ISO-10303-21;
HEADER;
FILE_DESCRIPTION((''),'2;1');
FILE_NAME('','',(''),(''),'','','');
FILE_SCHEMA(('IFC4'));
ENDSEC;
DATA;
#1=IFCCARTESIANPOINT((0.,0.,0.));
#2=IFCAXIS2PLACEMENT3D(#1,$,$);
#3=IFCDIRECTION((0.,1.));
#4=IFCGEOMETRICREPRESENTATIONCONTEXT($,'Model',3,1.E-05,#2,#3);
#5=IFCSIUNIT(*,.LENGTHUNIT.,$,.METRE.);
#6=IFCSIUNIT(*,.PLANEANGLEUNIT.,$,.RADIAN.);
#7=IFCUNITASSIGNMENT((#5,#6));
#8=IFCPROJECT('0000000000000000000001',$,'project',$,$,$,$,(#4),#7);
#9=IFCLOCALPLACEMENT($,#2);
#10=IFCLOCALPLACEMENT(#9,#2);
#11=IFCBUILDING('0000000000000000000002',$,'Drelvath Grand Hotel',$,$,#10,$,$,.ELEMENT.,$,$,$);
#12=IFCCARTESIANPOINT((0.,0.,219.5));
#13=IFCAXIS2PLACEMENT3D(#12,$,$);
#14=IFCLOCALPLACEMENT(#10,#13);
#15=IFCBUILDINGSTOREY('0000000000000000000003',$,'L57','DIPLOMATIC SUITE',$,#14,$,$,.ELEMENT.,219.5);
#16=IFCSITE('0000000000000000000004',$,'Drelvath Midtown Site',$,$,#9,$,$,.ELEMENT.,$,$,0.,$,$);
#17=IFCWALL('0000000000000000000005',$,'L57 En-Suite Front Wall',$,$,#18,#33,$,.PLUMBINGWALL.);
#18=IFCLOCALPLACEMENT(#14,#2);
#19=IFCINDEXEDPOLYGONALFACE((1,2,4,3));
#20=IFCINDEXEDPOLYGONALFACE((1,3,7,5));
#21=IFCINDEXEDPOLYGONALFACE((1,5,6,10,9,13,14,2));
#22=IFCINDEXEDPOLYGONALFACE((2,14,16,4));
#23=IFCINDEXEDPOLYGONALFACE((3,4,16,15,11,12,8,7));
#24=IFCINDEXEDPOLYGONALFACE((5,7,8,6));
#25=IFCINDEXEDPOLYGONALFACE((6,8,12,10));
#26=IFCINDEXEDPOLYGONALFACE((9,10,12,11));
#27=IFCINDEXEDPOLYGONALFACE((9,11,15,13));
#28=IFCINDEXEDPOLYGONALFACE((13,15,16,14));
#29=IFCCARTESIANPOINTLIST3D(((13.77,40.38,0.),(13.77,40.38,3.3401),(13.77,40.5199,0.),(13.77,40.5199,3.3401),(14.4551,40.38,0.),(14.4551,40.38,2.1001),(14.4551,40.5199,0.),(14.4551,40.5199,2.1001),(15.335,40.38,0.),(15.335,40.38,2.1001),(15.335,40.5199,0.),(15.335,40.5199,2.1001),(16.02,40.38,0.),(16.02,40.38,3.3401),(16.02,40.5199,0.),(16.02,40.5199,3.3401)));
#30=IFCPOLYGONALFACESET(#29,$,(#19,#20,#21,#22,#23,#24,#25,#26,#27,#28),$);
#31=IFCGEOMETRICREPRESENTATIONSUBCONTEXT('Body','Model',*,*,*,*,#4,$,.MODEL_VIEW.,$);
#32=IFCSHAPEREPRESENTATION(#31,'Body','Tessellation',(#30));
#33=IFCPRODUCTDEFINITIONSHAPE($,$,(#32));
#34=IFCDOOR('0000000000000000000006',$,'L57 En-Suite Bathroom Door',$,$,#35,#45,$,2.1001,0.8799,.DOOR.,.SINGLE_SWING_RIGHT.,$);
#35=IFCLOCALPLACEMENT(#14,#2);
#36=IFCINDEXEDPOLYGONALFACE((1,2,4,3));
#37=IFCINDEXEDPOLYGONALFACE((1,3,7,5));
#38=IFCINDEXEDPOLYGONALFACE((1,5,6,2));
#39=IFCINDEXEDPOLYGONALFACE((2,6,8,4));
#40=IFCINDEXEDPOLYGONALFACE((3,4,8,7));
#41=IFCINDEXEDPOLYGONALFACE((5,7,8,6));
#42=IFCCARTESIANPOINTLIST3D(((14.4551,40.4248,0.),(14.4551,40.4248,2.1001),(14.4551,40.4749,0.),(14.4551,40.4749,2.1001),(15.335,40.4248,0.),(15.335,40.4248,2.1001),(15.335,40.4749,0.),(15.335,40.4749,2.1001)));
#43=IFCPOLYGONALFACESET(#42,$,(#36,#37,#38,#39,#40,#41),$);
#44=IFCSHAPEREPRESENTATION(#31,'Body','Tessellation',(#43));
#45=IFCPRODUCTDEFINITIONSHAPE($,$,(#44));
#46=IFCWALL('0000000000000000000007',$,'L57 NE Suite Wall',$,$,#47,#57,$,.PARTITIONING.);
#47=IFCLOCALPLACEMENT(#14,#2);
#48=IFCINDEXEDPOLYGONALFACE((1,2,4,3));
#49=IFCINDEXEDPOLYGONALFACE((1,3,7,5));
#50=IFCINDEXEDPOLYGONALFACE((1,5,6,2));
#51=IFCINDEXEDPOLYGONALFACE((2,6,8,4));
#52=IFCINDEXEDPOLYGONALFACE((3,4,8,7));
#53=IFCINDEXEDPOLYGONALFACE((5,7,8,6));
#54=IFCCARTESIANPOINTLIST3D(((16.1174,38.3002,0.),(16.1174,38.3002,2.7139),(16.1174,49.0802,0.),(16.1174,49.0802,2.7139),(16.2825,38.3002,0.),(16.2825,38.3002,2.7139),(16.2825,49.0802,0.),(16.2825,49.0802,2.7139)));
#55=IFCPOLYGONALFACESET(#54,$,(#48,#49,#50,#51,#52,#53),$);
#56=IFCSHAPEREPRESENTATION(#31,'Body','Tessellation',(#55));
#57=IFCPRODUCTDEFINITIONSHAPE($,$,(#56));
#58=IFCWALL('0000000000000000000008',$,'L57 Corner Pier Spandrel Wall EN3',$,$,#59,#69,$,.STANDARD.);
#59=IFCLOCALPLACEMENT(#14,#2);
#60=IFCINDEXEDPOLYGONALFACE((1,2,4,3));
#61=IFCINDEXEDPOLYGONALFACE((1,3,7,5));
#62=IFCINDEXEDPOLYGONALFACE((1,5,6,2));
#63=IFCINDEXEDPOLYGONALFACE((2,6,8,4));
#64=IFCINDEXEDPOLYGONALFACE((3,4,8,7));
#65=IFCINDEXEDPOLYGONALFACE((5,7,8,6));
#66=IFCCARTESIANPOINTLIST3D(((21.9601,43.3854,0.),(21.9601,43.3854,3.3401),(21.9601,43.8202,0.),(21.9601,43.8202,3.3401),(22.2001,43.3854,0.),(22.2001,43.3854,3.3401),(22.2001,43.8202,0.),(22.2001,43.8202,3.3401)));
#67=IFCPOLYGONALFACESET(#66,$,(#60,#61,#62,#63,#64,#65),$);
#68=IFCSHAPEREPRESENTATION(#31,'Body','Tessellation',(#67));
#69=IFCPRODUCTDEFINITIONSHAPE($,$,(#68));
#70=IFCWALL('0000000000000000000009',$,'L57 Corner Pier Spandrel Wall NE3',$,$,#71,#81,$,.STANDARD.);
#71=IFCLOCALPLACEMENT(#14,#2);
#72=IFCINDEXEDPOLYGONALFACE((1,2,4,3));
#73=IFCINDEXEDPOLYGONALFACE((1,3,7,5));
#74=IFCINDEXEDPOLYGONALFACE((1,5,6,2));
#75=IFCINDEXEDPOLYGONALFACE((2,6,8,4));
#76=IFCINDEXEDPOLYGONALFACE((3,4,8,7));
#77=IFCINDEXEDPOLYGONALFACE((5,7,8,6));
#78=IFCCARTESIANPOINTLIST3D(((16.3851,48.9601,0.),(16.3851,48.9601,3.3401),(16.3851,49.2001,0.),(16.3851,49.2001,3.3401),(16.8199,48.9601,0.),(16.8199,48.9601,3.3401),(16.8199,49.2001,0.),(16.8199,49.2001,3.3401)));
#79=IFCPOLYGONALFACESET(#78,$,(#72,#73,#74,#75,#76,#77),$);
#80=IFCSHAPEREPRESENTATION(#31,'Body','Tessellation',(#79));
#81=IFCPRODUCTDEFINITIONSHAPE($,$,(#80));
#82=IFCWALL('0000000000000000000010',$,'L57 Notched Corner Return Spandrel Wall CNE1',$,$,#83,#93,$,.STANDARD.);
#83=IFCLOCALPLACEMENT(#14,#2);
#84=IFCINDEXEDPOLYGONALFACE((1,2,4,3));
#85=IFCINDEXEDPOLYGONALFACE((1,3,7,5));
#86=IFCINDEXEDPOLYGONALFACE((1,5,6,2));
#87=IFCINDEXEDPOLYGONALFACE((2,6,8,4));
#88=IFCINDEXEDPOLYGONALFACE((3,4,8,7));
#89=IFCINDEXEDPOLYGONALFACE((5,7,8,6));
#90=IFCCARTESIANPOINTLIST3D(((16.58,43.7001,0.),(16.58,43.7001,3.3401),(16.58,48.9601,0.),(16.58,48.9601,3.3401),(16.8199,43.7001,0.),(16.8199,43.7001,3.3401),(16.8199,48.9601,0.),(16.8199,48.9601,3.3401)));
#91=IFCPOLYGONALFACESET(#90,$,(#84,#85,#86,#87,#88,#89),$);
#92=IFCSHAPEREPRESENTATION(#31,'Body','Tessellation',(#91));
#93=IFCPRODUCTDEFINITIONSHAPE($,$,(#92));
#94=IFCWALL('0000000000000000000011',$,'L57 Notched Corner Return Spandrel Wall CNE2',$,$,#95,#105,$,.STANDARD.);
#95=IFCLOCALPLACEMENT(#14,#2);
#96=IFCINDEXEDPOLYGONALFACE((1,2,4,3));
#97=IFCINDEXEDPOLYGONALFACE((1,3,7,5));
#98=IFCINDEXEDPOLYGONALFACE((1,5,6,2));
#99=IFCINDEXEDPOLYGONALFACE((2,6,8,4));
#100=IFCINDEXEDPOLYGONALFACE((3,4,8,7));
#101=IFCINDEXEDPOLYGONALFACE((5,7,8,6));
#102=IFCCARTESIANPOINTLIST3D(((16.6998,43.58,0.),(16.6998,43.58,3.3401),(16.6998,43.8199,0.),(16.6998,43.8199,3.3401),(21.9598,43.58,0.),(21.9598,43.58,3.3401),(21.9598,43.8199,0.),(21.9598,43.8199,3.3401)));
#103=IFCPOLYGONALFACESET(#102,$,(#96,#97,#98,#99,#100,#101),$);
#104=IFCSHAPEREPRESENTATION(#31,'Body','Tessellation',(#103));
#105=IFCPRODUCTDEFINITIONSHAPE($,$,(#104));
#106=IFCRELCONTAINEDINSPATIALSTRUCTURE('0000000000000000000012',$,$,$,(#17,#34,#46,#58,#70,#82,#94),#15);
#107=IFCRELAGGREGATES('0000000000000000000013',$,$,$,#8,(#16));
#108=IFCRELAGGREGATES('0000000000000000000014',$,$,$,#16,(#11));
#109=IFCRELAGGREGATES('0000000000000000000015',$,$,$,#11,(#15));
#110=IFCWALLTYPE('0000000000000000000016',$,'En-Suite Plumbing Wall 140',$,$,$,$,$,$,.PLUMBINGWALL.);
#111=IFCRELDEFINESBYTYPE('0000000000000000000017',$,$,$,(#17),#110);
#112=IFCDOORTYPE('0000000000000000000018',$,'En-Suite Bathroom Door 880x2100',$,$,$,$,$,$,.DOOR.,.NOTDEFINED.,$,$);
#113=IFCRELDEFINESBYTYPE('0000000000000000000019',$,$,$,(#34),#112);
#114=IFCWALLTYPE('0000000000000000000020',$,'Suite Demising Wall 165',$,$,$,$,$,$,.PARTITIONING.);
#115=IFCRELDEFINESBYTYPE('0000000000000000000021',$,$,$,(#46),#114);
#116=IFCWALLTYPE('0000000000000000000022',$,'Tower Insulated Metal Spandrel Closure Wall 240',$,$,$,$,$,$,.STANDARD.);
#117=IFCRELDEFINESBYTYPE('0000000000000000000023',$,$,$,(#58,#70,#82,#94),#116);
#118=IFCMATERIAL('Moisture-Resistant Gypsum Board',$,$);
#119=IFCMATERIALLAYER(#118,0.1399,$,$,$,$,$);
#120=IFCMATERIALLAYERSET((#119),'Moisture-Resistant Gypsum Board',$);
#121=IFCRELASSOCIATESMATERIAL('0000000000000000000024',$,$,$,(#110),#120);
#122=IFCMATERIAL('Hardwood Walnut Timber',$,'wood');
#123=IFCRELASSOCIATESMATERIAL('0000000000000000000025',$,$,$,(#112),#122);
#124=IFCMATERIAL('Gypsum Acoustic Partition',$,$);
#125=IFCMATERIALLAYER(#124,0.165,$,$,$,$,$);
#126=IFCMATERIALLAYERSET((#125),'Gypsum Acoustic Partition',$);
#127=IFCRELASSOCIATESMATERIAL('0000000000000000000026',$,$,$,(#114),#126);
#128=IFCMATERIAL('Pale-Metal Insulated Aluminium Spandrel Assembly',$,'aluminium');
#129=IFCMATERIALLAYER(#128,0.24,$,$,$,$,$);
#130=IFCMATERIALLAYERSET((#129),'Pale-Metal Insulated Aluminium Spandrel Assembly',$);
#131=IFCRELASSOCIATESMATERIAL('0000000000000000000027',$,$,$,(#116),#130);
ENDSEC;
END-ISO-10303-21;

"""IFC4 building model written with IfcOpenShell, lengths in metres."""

from ifc_helpers import new_model, si_unit, direction, frame, frame_2d, origin, place, context, subcontext, project, spatial, rectangle, extrude, material, layer, layer_set, type_object, element, fill, save


model = new_model("IFC4")

# Units and contexts
model_context = context("Model", 3, precision=1e-05, world=origin(), true_north=direction((0.0, 1.0)))
body_context = subcontext(model_context, "Body", "Model", "MODEL_VIEW")
ifc_project = project(units=[si_unit("LENGTHUNIT", "METRE"), si_unit("PLANEANGLEUNIT", "RADIAN")], contexts=[model_context])

# Site, building, storey
site_placement = place(None, origin())
site = spatial("IfcSite", under=ifc_project, at=site_placement, Name="Drelvath Midtown Site", CompositionType="ELEMENT", RefElevation=0.0)
building_placement = place(site_placement, origin())
building = spatial("IfcBuilding", under=site, at=building_placement, Name="Drelvath Grand Hotel", CompositionType="ELEMENT")
storey_placement = place(building_placement, frame((0.0, 0.0, 219.5)))
storey = spatial("IfcBuildingStorey", under=building, at=storey_placement, Name="L57", Description="DIPLOMATIC SUITE", CompositionType="ELEMENT", Elevation=219.5)

# Shared definitions
ifc_material_1 = material(Name="Moisture-Resistant Gypsum Board")
ifc_layer_1 = layer(ifc_material_1, 0.1399)
ifc_layer_set_1 = layer_set([ifc_layer_1], Name="Moisture-Resistant Gypsum Board")
wall_type_1 = type_object("IfcWallType", Name="En-Suite Plumbing Wall 140", PredefinedType="PLUMBINGWALL", material=ifc_layer_set_1)

# Shared definitions
ifc_material_2 = material(Name="Hardwood Walnut Timber", Category="wood")
door_type = type_object("IfcDoorType", Name="En-Suite Bathroom Door 880x2100", OperationType="NOTDEFINED", PredefinedType="DOOR", material=ifc_material_2)

# Wall, opening, door
wall_1_placement = place(storey_placement, frame((13.77, 40.45, 0.0), z_axis=(0.0, 0.0, 1.0), x_axis=(1.0, 0.0, 0.0)))
wall_1 = element("IfcWall", 1, at=wall_1_placement, inside=storey, type_object=wall_type_1, Name="L57 En-Suite Front Wall", PredefinedType="PLUMBINGWALL", context=body_context, shape_type="SweptSolid", body=[
    extrude(rectangle(XDim=2.25, YDim=0.1399, at=frame_2d((1.125, 0.0))), origin(), (0.0, 0.0, 1.0), 3.3401),
])
opening_1_placement = place(wall_1_placement, frame((0.6851, 0.0, 0.0)))
opening_1 = element("IfcOpeningElement", 2, at=opening_1_placement, cuts=wall_1, PredefinedType="OPENING", context=body_context, shape_type="SweptSolid", body=[
    extrude(rectangle(XDim=0.8799, YDim=2.1001, at=frame_2d((0.4399, 1.05))), frame((0.0, 0.0798, 0.0), z_axis=(0.0, -1.0, 0.0), x_axis=(1.0, 0.0, 0.0)), (0.0, 0.0, 1.0), 0.1599),
])
door_1_placement = place(opening_1_placement, origin())
door_1 = element("IfcDoor", 3, at=door_1_placement, inside=storey, type_object=door_type, Name="L57 En-Suite Bathroom Door", OperationType="SINGLE_SWING_RIGHT", OverallHeight=2.1001, OverallWidth=0.8799, PredefinedType="DOOR", context=body_context, shape_type="SweptSolid", body=[
    extrude(rectangle(XDim=0.8799, YDim=2.1001, at=frame_2d((0.4399, 1.05))), frame((0.0, 0.0249, 0.0), z_axis=(0.0, -1.0, 0.0), x_axis=(1.0, 0.0, 0.0)), (0.0, 0.0, 1.0), 0.05),
])
fill(opening_1, door_1)

# Walls
ifc_material_3 = material(Name="Gypsum Acoustic Partition")
ifc_layer_2 = layer(ifc_material_3, 0.165)
ifc_layer_set_2 = layer_set([ifc_layer_2], Name="Gypsum Acoustic Partition")
wall_type_2 = type_object("IfcWallType", Name="Suite Demising Wall 165", PredefinedType="PARTITIONING", material=ifc_layer_set_2)
wall_2_placement = place(storey_placement, frame((16.2, 38.3, 0.0), z_axis=(0.0, 0.0, 1.0), x_axis=(0.0, 1.0, 0.0)))
element("IfcWall", 4, at=wall_2_placement, inside=storey, type_object=wall_type_2, Name="L57 NE Suite Wall", PredefinedType="PARTITIONING", context=body_context, shape_type="SweptSolid", body=[
    extrude(rectangle(XDim=10.78, YDim=0.165, at=frame_2d((5.3901, 0.0))), origin(), (0.0, 0.0, 1.0), 2.7139),
])
ifc_material_4 = material(Name="Pale-Metal Insulated Aluminium Spandrel Assembly", Category="aluminium")
ifc_layer_3 = layer(ifc_material_4, 0.24)
ifc_layer_set_3 = layer_set([ifc_layer_3], Name="Pale-Metal Insulated Aluminium Spandrel Assembly")
wall_type_3 = type_object("IfcWallType", Name="Tower Insulated Metal Spandrel Closure Wall 240", PredefinedType="STANDARD", material=ifc_layer_set_3)
for number, where, z_axis, x_axis, name in (
    (5, (22.0801, 43.8201, 0.0), (0.0, 0.0, 1.0), (0.0, -1.0, 0.0), "L57 Corner Pier Spandrel Wall EN3"),
    (6, (16.3853, 49.0801, 0.0), (0.0, 0.0, 1.0), (1.0, 0.0, 0.0), "L57 Corner Pier Spandrel Wall NE3"),
):
    element("IfcWall", number, at=place(storey_placement, frame(where, z_axis=z_axis, x_axis=x_axis)), inside=storey, type_object=wall_type_3, Name=name, PredefinedType="STANDARD", context=body_context, shape_type="SweptSolid", body=[
        extrude(rectangle(XDim=0.4348, YDim=0.24, at=frame_2d((0.2173, 0.0))), origin(), (0.0, 0.0, 1.0), 3.3401),
    ])
for number, where, z_axis, x_axis, name in (
    (7, (16.7, 48.96, 0.0), (0.0, 0.0, 1.0), (0.0, -1.0, 0.0), "L57 Notched Corner Return Spandrel Wall CNE1"),
    (8, (16.7, 43.7, 0.0), (0.0, 0.0, 1.0), (1.0, 0.0, 0.0), "L57 Notched Corner Return Spandrel Wall CNE2"),
):
    element("IfcWall", number, at=place(storey_placement, frame(where, z_axis=z_axis, x_axis=x_axis)), inside=storey, type_object=wall_type_3, Name=name, PredefinedType="STANDARD", context=body_context, shape_type="SweptSolid", body=[
        extrude(rectangle(XDim=5.26, YDim=0.24, at=frame_2d((2.6299, 0.0))), origin(), (0.0, 0.0, 1.0), 3.3401),
    ])

save(model, "model.ifc")
